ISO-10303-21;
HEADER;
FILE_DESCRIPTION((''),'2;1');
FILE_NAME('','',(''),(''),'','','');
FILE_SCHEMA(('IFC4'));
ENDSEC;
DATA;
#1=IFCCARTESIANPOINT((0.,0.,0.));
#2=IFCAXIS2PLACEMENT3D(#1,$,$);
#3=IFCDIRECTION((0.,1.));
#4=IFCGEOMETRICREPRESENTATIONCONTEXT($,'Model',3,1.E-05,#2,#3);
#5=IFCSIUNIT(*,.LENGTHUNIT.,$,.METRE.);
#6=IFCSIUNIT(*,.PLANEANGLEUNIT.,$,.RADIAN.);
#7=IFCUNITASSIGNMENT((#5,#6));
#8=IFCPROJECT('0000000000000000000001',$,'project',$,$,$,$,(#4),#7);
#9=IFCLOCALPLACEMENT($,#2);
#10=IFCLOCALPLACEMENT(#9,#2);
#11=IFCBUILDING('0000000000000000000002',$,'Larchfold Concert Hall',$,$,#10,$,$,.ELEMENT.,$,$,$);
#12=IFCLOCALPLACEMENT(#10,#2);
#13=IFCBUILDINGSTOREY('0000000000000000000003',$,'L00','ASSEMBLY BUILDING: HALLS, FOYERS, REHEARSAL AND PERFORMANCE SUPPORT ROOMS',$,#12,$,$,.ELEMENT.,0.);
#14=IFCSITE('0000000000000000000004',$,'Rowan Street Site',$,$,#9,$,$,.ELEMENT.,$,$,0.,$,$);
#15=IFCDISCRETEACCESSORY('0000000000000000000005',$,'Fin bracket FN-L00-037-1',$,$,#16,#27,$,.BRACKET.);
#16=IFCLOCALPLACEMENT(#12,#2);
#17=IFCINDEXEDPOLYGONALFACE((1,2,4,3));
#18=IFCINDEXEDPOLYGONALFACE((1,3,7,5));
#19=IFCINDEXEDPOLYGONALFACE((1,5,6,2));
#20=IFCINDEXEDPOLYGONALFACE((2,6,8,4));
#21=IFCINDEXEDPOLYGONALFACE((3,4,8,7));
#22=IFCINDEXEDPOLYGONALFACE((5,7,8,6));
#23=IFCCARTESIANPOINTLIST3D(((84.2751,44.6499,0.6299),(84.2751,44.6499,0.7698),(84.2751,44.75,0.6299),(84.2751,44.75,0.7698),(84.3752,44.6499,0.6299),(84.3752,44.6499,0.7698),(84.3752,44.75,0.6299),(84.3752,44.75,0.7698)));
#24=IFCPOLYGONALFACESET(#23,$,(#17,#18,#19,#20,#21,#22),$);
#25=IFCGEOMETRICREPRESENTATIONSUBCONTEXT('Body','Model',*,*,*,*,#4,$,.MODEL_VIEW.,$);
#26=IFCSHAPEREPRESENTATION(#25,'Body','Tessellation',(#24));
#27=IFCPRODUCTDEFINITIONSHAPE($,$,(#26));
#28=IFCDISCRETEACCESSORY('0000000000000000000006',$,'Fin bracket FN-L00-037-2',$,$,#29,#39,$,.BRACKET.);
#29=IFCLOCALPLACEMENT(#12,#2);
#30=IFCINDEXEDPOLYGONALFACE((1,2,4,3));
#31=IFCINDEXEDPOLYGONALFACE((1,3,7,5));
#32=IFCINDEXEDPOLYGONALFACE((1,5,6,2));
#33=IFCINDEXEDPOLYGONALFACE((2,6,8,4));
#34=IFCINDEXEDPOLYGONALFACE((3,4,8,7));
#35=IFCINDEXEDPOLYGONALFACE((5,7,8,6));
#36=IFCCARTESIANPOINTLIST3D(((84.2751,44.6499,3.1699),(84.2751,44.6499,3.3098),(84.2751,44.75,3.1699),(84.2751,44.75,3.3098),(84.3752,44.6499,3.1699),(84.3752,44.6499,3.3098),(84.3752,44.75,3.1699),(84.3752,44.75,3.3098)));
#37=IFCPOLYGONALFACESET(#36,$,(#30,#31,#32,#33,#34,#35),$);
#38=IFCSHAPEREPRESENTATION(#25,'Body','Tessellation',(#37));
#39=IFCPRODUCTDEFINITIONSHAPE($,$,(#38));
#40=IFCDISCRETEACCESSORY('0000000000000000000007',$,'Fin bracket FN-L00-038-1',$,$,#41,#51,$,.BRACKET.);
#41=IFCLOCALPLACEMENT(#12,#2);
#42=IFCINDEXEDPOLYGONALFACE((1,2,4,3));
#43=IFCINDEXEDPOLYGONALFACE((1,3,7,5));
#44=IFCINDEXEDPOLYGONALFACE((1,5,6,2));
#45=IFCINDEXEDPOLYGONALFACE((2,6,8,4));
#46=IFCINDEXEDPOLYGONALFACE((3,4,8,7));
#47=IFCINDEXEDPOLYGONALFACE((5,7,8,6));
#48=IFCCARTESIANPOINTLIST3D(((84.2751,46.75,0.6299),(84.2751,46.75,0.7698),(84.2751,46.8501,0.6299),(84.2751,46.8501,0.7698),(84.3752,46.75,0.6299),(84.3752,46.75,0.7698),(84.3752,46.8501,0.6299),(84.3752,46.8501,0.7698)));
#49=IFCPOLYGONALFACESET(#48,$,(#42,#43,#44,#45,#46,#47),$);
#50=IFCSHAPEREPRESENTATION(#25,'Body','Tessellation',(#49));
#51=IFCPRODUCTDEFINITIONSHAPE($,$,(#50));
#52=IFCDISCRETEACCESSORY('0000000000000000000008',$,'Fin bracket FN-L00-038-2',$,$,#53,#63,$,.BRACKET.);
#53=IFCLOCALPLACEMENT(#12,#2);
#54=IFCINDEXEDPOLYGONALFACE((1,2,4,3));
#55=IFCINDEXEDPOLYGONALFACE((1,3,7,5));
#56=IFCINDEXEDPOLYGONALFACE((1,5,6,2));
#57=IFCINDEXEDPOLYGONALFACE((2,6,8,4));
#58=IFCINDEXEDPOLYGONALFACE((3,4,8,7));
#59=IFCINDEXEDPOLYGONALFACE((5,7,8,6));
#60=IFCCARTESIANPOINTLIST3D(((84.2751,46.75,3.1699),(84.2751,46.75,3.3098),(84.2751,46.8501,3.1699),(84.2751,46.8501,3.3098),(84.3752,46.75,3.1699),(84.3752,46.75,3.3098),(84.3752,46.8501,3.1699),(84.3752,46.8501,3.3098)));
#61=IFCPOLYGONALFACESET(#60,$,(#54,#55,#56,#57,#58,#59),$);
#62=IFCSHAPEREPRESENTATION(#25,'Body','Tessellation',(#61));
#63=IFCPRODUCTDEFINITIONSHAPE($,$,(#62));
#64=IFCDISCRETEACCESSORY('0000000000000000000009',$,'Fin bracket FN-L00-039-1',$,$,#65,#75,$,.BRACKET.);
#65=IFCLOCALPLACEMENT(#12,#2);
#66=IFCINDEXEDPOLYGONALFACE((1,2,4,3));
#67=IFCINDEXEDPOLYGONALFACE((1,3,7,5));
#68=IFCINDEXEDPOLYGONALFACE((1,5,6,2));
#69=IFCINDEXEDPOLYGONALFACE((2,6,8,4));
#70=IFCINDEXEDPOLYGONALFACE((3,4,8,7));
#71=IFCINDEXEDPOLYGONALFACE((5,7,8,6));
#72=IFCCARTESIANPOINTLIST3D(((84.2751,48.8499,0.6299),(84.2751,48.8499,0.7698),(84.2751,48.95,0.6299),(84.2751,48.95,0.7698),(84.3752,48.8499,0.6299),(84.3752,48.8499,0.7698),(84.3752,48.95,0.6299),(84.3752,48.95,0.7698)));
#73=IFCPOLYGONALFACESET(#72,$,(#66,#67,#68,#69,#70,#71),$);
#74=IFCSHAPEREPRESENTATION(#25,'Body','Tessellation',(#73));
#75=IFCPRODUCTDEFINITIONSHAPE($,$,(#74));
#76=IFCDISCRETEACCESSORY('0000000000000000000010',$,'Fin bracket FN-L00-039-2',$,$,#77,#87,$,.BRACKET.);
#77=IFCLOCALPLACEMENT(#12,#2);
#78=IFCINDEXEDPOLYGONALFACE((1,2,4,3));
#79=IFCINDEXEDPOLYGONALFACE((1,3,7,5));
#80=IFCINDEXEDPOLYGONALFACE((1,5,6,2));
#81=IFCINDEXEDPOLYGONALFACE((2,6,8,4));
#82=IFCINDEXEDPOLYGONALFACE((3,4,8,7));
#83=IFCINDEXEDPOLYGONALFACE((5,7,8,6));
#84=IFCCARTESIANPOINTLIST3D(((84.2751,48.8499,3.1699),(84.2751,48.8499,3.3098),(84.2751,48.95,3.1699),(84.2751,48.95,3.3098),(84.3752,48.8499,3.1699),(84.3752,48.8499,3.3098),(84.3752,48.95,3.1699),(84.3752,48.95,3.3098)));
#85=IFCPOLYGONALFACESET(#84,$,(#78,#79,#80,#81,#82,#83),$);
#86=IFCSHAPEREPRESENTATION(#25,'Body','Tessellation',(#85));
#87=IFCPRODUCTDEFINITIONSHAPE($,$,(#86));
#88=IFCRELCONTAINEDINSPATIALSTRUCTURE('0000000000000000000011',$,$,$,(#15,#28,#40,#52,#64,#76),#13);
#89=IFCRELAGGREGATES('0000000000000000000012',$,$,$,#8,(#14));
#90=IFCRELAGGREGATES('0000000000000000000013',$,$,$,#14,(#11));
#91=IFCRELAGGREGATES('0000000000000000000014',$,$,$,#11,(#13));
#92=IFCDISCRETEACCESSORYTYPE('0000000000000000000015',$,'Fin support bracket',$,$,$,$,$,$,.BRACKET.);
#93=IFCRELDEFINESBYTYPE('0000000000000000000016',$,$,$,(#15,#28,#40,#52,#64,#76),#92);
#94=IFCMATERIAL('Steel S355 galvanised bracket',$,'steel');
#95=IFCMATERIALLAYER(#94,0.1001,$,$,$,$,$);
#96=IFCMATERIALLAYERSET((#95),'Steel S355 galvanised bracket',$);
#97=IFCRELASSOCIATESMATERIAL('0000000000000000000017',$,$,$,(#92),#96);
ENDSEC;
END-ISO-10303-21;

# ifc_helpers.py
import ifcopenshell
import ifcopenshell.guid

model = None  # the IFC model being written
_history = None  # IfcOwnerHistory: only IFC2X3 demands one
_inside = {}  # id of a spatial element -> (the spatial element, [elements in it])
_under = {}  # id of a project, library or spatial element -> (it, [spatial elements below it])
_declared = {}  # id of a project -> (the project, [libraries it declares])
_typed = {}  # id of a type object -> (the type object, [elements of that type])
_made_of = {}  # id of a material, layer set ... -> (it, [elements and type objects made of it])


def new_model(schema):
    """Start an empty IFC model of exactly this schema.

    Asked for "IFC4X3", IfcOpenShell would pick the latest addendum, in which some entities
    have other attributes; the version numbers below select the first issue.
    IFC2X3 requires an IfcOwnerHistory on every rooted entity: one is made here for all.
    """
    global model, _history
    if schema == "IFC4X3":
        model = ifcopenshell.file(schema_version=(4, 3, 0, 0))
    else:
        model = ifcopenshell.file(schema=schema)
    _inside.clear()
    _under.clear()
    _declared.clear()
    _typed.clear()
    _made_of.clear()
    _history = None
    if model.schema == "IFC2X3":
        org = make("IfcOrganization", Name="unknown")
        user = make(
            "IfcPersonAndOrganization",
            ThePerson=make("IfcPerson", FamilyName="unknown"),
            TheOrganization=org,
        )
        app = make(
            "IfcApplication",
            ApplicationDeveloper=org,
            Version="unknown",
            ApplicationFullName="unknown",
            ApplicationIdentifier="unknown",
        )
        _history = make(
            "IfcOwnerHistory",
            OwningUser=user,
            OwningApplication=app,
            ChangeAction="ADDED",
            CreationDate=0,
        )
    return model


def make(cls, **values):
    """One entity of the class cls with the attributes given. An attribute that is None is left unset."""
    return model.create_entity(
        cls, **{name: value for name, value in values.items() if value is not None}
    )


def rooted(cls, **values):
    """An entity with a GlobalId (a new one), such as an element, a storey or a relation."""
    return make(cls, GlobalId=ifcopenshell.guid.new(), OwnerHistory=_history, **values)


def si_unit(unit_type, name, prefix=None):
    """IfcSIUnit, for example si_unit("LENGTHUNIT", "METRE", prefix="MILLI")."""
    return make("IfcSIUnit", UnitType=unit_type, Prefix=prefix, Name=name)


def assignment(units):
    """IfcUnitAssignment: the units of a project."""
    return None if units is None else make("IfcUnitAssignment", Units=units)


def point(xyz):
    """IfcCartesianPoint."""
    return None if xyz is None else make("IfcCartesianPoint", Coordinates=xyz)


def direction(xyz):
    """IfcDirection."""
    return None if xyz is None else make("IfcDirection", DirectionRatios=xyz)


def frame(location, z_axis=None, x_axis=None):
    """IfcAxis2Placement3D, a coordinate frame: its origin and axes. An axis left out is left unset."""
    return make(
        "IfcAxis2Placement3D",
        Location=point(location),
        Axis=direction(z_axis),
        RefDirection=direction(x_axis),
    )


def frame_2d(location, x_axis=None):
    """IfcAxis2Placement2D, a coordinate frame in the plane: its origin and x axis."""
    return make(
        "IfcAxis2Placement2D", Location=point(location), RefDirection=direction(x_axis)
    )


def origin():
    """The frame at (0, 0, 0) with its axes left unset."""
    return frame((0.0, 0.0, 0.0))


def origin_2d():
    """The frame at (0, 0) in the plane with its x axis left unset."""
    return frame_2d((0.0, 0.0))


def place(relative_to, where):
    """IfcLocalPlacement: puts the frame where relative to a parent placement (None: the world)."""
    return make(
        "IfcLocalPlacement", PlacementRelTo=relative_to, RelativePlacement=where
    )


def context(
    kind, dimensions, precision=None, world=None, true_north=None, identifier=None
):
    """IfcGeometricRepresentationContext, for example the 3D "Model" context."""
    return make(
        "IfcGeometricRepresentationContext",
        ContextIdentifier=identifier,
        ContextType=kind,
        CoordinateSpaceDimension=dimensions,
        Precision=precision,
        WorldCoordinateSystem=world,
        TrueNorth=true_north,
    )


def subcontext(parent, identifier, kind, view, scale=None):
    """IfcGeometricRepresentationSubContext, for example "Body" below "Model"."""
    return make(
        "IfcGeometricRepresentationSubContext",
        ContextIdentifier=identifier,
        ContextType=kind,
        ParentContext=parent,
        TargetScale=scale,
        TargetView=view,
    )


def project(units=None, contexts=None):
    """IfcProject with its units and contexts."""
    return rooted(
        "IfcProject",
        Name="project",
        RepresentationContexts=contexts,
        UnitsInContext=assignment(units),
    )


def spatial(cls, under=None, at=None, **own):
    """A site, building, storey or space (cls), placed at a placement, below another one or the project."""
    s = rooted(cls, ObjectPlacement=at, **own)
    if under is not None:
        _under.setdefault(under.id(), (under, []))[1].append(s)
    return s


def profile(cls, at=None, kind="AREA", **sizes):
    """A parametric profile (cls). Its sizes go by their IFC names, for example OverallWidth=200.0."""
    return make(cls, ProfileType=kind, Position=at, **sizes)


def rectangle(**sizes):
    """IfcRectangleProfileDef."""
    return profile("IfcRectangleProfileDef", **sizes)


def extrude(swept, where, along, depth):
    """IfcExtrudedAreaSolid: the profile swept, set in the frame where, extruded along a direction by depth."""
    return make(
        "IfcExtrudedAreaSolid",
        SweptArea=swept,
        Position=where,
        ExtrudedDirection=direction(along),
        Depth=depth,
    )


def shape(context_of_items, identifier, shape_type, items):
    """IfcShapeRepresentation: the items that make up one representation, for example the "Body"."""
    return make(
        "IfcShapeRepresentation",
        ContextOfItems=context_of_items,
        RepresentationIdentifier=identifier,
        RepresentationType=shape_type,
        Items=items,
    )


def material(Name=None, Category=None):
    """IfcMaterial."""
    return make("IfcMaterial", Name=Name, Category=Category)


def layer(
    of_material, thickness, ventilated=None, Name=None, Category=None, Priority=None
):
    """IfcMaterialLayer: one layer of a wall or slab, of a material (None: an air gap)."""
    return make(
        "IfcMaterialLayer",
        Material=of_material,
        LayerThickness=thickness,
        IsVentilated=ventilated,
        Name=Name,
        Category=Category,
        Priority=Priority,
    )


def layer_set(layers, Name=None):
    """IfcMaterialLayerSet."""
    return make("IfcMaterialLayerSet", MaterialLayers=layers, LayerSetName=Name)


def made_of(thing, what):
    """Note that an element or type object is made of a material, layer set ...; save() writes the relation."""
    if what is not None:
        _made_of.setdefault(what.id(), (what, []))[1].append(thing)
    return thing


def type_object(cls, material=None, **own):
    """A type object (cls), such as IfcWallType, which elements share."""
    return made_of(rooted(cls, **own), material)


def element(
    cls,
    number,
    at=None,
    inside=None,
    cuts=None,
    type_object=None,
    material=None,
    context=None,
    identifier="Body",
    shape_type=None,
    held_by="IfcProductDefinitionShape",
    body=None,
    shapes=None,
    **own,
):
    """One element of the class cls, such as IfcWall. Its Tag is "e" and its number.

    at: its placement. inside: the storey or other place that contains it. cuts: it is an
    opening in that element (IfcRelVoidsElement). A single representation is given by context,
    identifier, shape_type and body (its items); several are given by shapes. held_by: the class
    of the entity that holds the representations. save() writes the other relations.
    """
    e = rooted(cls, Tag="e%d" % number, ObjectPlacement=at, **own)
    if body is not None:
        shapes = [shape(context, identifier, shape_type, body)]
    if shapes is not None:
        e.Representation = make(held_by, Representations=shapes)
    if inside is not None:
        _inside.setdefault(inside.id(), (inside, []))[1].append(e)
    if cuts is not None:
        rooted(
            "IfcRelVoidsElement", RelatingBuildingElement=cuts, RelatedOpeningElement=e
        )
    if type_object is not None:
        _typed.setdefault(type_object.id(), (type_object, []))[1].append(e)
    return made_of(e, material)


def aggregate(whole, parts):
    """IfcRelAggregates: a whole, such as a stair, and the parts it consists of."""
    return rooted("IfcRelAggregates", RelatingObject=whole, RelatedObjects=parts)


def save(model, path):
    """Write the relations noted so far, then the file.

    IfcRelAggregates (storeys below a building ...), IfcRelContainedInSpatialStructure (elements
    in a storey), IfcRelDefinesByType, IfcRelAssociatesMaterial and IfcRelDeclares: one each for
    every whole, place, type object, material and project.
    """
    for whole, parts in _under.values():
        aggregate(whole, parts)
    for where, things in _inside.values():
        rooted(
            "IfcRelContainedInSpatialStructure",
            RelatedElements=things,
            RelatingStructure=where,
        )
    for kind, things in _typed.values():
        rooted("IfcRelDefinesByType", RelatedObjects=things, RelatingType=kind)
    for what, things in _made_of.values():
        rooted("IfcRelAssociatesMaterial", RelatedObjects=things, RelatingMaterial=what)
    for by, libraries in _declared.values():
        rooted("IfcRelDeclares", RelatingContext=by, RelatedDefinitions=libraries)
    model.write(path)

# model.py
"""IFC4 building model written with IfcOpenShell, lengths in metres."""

from ifc_helpers import new_model, si_unit, direction, frame, origin, origin_2d, place, context, subcontext, project, spatial, rectangle, extrude, material, layer, layer_set, type_object, element, save


model = new_model("IFC4")

# Units and contexts
model_context = context("Model", 3, precision=1e-05, world=origin(), true_north=direction((0.0, 1.0)))
body_context = subcontext(model_context, "Body", "Model", "MODEL_VIEW")
ifc_project = project(units=[si_unit("LENGTHUNIT", "METRE"), si_unit("PLANEANGLEUNIT", "RADIAN")], contexts=[model_context])

# Site, building, storey
site_placement = place(None, origin())
site = spatial("IfcSite", under=ifc_project, at=site_placement, Name="Rowan Street Site", CompositionType="ELEMENT", RefElevation=0.0)
building_placement = place(site_placement, origin())
building = spatial("IfcBuilding", under=site, at=building_placement, Name="Larchfold Concert Hall", CompositionType="ELEMENT")
storey_placement = place(building_placement, origin())
storey = spatial("IfcBuildingStorey", under=building, at=storey_placement, Name="L00", Description="ASSEMBLY BUILDING: HALLS, FOYERS, REHEARSAL AND PERFORMANCE SUPPORT ROOMS", CompositionType="ELEMENT", Elevation=0.0)

# Discrete accessories
ifc_material_1 = material(Name="Steel S355 galvanised bracket", Category="steel")
ifc_layer_1 = layer(ifc_material_1, 0.1001)
ifc_layer_set_1 = layer_set([ifc_layer_1], Name="Steel S355 galvanised bracket")
discrete_accessory_type = type_object("IfcDiscreteAccessoryType", Name="Fin support bracket", PredefinedType="BRACKET", material=ifc_layer_set_1)
for number, where, z_axis, x_axis, name in (
    (1, (84.3252, 44.7, 0.6299), (0.0, 0.0, 1.0), (-1.0, 0.0, 0.0), "Fin bracket FN-L00-037-1"),
    (2, (84.3252, 44.7, 3.1699), (0.0, 0.0, 1.0), (-1.0, 0.0, 0.0), "Fin bracket FN-L00-037-2"),
    (3, (84.3252, 46.8, 0.6299), (0.0, 0.0, 1.0), (-1.0, 0.0, 0.0), "Fin bracket FN-L00-038-1"),
    (4, (84.3252, 46.8, 3.1699), (0.0, 0.0, 1.0), (-1.0, 0.0, 0.0), "Fin bracket FN-L00-038-2"),
    (5, (84.3252, 48.8999, 0.6299), (0.0, 0.0, 1.0), (-1.0, 0.0, 0.0), "Fin bracket FN-L00-039-1"),
    (6, (84.3252, 48.8999, 3.1699), (0.0, 0.0, 1.0), (-1.0, 0.0, 0.0), "Fin bracket FN-L00-039-2"),
):
    element("IfcDiscreteAccessory", number, at=place(storey_placement, frame(where, z_axis=z_axis, x_axis=x_axis)), inside=storey, type_object=discrete_accessory_type, Name=name, PredefinedType="BRACKET", context=body_context, shape_type="SweptSolid", body=[
        extrude(rectangle(XDim=0.1001, YDim=0.1001, at=origin_2d()), origin(), (0.0, 0.0, 1.0), 0.1399),
    ])

save(model, "model.ifc")
